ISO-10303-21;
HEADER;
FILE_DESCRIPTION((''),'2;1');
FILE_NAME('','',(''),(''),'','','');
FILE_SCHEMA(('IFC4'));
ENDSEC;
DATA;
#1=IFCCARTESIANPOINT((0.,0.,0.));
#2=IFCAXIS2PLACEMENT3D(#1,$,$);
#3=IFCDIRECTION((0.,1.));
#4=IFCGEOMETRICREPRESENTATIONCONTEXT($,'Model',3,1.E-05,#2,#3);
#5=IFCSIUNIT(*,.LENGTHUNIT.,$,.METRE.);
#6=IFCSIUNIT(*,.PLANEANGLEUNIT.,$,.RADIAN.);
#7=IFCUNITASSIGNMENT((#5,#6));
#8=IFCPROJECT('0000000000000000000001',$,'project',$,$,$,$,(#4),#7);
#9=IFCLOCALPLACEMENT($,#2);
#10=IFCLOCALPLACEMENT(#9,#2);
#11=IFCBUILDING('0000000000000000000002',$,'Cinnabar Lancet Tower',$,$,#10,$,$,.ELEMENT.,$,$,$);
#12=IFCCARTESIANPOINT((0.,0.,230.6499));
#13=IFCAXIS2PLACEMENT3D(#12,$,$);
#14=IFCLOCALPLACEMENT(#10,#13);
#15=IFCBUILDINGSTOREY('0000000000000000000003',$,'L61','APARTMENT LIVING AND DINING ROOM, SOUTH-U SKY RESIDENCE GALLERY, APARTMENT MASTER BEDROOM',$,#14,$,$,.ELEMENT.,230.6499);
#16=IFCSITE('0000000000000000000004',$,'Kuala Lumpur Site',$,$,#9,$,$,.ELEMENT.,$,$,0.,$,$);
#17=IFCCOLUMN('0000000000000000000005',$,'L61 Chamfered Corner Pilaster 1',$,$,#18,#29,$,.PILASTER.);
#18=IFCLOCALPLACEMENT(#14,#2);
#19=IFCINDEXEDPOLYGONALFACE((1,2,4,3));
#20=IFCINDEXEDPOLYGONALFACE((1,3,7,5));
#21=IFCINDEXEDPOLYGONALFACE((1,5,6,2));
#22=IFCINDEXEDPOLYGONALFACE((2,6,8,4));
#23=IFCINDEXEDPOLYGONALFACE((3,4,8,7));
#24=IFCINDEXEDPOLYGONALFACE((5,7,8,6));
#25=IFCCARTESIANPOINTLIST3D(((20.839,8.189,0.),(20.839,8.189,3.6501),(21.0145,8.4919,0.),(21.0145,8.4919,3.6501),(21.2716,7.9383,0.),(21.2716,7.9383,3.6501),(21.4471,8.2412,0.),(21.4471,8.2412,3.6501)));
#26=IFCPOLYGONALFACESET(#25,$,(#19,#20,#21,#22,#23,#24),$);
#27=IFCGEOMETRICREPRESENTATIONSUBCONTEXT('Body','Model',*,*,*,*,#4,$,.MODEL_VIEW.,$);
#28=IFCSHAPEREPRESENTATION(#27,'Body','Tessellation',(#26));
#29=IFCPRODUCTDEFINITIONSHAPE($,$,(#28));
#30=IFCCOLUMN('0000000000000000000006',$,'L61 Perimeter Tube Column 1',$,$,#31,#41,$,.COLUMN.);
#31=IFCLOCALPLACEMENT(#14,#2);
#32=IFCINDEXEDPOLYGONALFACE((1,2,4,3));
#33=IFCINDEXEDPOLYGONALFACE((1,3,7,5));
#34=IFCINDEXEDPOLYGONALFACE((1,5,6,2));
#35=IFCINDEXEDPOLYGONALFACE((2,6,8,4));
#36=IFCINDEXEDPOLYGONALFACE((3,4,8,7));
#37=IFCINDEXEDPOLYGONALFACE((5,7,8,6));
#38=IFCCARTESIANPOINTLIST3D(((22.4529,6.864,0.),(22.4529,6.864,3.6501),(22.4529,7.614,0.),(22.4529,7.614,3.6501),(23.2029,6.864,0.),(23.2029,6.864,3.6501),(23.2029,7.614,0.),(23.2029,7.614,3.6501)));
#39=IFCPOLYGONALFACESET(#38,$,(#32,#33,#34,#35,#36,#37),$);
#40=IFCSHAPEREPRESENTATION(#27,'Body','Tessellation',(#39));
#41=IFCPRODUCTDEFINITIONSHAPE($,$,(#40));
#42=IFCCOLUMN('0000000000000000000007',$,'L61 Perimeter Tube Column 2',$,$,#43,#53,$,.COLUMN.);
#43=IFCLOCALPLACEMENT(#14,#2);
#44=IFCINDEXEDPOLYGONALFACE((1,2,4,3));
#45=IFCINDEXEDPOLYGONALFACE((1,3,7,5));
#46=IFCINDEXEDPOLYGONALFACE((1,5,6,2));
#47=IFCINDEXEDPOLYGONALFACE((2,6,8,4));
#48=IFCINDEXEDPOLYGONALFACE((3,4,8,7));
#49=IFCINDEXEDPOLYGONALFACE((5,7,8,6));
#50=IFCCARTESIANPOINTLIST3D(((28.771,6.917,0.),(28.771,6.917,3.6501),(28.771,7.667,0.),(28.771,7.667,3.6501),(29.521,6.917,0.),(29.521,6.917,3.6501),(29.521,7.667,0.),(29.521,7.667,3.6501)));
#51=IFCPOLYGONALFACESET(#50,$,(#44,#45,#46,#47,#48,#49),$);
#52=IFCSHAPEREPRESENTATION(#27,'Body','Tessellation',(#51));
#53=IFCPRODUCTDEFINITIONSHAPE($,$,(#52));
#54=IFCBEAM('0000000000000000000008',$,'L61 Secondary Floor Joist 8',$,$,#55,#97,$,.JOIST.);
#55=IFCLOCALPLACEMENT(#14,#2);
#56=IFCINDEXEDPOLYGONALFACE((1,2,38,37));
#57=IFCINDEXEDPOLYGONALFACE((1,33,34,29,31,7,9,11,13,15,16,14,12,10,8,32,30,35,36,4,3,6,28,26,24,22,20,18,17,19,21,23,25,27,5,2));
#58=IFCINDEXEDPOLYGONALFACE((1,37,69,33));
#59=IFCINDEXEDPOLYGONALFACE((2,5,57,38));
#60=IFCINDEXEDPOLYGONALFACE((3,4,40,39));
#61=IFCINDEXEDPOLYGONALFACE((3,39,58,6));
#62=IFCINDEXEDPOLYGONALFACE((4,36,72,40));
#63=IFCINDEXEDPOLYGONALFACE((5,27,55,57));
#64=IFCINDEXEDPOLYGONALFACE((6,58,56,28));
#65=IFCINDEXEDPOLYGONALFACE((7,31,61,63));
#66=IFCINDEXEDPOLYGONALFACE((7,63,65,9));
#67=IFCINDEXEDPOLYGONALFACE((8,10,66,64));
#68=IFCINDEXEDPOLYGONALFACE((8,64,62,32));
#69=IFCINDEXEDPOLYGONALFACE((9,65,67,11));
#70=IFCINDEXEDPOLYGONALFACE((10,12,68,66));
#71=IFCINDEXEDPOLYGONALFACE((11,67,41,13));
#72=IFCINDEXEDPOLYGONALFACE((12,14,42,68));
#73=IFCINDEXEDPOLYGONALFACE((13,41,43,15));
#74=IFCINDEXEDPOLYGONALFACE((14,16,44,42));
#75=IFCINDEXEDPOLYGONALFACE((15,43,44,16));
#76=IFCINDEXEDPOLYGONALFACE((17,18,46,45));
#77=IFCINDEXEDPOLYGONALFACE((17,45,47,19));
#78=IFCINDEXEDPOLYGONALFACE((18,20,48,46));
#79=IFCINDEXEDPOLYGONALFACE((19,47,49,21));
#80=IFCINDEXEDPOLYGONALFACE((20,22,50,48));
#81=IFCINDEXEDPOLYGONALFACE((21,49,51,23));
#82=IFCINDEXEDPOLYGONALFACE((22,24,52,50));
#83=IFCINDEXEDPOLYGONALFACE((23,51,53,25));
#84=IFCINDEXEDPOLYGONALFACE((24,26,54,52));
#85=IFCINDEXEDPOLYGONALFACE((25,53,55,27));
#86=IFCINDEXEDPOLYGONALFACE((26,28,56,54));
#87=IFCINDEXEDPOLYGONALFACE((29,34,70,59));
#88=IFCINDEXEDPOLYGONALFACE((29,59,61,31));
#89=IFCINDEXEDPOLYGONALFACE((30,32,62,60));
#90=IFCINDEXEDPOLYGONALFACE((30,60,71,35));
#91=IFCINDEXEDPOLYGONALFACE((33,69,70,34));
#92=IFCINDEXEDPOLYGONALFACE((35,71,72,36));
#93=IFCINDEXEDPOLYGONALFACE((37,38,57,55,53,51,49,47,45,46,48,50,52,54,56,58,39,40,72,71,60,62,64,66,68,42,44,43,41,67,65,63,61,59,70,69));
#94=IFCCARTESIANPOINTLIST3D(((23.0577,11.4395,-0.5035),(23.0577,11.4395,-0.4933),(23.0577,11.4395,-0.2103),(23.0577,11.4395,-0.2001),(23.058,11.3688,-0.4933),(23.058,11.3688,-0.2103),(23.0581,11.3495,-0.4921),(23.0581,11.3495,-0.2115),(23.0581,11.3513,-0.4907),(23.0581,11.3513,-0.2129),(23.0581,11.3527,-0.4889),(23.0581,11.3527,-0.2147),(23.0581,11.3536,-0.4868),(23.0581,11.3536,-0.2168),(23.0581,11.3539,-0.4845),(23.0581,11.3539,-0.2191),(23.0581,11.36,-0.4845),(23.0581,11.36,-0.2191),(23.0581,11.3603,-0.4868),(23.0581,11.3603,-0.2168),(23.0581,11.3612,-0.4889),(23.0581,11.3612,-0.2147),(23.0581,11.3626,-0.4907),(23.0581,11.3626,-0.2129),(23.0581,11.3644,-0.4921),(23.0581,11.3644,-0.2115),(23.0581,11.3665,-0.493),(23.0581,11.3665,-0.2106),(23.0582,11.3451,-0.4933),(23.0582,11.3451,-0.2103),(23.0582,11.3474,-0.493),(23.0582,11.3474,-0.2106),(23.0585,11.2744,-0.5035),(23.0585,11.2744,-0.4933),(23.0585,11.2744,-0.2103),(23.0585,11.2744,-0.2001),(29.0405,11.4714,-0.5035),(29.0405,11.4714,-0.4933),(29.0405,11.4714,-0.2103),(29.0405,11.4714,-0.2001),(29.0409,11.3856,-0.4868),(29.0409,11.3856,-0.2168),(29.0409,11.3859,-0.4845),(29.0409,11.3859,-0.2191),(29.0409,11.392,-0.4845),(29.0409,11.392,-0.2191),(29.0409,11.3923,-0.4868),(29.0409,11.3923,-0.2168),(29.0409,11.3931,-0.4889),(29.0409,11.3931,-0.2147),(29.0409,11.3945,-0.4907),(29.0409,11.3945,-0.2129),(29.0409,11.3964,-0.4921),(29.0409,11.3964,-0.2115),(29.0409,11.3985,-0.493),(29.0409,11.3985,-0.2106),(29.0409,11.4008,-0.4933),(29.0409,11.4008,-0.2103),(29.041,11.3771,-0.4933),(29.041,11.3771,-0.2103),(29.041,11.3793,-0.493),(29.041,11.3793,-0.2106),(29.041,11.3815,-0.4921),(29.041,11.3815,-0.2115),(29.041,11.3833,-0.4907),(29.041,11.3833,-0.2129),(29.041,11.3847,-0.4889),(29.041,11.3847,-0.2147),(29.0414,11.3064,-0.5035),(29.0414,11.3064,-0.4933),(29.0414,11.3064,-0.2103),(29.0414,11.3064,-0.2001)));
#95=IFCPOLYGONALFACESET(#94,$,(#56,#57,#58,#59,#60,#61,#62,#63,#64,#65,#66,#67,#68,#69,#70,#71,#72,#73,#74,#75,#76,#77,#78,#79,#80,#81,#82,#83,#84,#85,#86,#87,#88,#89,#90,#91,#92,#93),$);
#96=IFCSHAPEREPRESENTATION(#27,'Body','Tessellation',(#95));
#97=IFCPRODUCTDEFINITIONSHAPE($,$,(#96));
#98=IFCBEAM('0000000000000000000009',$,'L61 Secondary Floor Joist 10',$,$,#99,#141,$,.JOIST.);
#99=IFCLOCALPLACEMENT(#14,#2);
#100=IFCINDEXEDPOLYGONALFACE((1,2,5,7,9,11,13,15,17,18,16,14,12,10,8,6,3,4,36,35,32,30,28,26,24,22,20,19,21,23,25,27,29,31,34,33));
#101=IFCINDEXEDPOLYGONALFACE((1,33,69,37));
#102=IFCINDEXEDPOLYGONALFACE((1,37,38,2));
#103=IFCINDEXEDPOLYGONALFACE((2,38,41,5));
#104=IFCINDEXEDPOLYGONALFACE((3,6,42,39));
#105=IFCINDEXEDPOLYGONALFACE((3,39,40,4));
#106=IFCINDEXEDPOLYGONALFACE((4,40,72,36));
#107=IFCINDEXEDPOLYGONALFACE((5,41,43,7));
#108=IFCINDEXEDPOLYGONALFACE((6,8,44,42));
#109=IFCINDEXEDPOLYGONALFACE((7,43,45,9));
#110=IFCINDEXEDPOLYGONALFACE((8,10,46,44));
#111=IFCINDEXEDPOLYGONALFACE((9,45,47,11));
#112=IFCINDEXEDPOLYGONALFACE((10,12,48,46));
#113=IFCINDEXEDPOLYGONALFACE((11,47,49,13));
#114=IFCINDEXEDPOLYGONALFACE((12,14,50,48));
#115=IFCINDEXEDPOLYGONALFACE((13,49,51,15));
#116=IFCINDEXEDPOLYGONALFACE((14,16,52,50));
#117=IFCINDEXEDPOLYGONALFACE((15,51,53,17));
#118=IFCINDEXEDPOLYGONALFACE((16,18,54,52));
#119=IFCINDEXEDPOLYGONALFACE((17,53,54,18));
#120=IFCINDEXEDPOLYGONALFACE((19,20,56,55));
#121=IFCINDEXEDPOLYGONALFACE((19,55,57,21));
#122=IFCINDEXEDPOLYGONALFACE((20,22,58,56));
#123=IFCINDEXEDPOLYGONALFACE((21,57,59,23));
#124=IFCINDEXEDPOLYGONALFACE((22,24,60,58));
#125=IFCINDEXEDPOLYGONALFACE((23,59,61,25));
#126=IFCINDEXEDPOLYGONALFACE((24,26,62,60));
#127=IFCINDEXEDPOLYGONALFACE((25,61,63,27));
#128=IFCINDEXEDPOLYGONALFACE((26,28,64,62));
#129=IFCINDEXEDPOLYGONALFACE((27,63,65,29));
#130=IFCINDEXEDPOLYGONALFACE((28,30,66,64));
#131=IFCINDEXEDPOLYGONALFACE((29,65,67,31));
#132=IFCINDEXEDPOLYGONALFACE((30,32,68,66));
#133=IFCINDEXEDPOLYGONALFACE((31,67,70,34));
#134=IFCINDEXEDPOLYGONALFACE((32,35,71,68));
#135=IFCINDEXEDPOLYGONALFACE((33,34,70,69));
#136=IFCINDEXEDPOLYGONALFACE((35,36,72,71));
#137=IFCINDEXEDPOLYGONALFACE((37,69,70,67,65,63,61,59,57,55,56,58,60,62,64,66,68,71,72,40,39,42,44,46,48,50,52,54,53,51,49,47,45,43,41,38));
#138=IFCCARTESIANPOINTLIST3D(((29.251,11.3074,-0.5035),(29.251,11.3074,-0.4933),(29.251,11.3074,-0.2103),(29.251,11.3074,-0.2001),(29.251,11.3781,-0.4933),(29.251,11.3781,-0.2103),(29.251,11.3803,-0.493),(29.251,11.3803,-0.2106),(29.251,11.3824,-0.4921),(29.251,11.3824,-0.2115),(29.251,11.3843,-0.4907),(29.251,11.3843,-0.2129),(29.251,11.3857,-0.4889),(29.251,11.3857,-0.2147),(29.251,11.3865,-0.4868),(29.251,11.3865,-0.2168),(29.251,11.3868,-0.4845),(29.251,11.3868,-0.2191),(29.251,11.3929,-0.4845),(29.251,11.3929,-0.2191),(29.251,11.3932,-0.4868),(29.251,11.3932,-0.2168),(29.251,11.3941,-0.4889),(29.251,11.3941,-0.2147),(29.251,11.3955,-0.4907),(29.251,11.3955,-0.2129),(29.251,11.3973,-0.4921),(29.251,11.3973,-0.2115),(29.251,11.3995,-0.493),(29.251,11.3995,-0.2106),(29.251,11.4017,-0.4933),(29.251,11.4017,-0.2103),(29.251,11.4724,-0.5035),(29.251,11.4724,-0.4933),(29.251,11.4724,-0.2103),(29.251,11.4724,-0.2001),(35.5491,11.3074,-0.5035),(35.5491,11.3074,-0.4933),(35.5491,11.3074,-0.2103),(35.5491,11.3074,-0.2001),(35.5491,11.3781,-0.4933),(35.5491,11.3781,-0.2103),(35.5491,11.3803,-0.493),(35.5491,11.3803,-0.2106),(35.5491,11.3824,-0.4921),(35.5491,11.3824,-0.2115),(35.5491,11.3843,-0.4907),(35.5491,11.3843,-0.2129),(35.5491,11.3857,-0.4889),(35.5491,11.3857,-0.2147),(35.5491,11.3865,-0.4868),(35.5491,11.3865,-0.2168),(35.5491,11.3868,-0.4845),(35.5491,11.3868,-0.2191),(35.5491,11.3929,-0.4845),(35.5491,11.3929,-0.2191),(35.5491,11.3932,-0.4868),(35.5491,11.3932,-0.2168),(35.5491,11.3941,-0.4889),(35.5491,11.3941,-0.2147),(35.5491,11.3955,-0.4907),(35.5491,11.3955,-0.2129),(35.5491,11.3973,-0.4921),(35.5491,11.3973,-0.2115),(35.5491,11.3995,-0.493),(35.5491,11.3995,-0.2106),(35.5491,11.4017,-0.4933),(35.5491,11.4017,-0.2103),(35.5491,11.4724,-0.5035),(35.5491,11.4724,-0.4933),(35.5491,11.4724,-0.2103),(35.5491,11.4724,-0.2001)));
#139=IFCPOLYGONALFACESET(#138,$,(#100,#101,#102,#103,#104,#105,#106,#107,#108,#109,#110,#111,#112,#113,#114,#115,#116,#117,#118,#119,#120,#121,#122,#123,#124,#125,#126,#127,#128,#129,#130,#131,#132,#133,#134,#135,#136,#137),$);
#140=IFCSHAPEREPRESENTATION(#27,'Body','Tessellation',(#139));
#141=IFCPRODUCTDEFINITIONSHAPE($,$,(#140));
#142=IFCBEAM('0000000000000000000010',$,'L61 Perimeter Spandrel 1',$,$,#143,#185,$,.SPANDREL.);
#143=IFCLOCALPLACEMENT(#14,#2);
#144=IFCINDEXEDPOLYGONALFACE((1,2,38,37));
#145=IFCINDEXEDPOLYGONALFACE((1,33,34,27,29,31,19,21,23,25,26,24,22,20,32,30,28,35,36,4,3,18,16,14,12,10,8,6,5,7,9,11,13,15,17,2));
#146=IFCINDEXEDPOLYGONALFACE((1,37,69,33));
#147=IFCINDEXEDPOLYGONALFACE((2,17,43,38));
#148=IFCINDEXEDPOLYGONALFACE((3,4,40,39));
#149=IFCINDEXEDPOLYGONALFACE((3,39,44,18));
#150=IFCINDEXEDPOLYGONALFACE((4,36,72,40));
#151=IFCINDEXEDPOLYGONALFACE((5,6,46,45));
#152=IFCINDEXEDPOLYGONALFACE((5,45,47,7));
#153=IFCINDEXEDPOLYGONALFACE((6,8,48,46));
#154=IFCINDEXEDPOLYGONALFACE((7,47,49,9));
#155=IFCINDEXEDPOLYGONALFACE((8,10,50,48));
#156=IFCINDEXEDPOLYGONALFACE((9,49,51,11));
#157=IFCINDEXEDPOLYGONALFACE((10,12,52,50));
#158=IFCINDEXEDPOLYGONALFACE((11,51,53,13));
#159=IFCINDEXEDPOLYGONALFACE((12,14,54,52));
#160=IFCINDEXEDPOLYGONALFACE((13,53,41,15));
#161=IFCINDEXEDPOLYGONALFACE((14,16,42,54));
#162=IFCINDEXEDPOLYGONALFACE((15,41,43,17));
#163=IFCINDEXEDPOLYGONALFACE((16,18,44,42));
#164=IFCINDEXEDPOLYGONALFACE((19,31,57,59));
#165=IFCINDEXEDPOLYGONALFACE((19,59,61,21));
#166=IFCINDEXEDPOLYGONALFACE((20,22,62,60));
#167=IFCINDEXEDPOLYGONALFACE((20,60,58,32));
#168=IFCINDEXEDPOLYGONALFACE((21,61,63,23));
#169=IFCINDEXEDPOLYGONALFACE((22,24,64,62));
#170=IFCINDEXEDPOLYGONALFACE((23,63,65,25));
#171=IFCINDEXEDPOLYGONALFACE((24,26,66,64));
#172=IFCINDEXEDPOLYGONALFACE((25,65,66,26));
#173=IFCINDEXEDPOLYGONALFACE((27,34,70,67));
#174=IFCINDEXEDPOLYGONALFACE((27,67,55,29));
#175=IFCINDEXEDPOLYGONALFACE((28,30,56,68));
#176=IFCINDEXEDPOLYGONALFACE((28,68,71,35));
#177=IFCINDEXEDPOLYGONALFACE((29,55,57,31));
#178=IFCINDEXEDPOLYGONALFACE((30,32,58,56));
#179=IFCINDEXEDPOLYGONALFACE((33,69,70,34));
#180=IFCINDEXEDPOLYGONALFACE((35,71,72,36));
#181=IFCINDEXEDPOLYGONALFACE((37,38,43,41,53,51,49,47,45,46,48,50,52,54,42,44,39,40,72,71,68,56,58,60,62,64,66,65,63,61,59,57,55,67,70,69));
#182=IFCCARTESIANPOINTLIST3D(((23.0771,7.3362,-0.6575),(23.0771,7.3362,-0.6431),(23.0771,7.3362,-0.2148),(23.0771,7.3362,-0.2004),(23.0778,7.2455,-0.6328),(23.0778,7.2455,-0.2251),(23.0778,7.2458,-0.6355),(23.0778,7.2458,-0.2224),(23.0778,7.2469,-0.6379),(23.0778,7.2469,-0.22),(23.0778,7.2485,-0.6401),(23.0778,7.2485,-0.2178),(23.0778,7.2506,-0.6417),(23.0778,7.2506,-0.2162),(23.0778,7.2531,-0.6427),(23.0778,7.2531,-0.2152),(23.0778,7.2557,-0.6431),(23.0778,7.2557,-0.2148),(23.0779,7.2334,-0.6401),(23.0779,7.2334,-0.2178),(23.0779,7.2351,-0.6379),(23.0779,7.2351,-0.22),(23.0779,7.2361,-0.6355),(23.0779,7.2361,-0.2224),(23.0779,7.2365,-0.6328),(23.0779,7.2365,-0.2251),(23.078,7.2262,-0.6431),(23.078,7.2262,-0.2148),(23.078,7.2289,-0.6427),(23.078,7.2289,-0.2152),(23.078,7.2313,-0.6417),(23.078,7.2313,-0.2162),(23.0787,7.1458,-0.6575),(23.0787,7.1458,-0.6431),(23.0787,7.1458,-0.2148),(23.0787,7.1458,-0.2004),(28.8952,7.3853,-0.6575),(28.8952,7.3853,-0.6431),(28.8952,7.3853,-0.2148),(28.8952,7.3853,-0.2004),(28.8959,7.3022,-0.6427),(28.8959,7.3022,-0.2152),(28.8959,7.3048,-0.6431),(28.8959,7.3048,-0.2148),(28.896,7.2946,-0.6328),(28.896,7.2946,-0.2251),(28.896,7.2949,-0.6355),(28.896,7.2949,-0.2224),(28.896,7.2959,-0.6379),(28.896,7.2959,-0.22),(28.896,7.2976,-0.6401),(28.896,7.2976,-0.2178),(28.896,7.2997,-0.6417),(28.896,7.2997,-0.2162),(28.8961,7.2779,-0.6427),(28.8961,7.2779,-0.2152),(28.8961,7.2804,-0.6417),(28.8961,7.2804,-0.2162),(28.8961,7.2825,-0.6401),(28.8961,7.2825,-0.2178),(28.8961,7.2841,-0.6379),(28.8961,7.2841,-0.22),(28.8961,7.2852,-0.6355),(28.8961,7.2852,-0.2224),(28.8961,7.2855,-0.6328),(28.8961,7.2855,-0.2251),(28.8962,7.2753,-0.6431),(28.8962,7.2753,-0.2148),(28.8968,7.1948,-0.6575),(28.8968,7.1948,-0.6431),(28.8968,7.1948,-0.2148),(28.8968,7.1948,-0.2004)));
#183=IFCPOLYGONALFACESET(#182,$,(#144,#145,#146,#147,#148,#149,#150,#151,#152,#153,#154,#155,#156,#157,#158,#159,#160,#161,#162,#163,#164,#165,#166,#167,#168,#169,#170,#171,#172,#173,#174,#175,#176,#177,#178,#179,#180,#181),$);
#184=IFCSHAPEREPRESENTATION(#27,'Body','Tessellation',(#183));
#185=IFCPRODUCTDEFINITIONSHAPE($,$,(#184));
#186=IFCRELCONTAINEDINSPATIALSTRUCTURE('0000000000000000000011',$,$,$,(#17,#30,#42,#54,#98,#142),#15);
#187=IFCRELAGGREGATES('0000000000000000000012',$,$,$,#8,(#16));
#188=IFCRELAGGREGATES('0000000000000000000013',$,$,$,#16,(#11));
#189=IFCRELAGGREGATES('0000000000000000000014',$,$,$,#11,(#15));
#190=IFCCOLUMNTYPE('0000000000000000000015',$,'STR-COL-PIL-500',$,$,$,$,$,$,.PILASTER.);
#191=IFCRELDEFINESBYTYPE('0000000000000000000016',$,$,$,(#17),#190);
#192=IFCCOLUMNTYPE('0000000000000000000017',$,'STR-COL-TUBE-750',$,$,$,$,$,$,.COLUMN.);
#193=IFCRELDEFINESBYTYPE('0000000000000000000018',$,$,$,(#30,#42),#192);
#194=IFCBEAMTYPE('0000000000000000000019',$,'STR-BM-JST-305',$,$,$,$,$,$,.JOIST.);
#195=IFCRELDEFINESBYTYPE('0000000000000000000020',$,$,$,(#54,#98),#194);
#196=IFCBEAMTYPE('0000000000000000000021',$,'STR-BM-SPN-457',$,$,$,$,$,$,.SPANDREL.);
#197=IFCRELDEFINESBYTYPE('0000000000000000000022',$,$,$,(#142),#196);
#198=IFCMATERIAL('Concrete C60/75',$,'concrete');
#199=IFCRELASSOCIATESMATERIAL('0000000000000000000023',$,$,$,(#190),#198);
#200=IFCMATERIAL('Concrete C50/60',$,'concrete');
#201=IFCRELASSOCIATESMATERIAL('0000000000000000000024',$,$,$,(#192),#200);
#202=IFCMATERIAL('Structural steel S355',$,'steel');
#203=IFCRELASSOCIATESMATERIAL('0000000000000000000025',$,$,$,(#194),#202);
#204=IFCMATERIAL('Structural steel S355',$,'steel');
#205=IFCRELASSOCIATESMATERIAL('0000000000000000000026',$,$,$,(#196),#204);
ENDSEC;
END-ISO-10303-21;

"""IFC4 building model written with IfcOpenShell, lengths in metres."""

from ifc_helpers import new_model, si_unit, direction, frame, origin, origin_2d, place, context, subcontext, project, spatial, rectangle, i_section, extrude, material, material_profile, profile_set, type_object, element, save


model = new_model("IFC4")

# Units and contexts
model_context = context("Model", 3, precision=1e-05, world=origin(), true_north=direction((0.0, 1.0)))
body_context = subcontext(model_context, "Body", "Model", "MODEL_VIEW")
ifc_project = project(units=[si_unit("LENGTHUNIT", "METRE"), si_unit("PLANEANGLEUNIT", "RADIAN")], contexts=[model_context])

# Site, building, storey
site_placement = place(None, origin())
site = spatial("IfcSite", under=ifc_project, at=site_placement, Name="Kuala Lumpur Site", CompositionType="ELEMENT", RefElevation=0.0)
building_placement = place(site_placement, origin())
building = spatial("IfcBuilding", under=site, at=building_placement, Name="Cinnabar Lancet Tower", CompositionType="ELEMENT")
storey_placement = place(building_placement, frame((0.0, 0.0, 230.6499)))
storey = spatial("IfcBuildingStorey", under=building, at=storey_placement, Name="L61", Description="APARTMENT LIVING AND DINING ROOM, SOUTH-U SKY RESIDENCE GALLERY, APARTMENT MASTER BEDROOM", CompositionType="ELEMENT", Elevation=230.6499)

# Columns
ifc_material_1 = material(Name="Concrete C60/75", Category="concrete")
ifc_material_profile_1 = material_profile(ifc_material_1, rectangle(XDim=0.5, YDim=0.3501, at=origin_2d()), Name="RC-PIL 500x350")
ifc_profile_set_1 = profile_set([ifc_material_profile_1], Name="Concrete C60/75")
column_type_1 = type_object("IfcColumnType", Name="STR-COL-PIL-500", PredefinedType="PILASTER", material=ifc_profile_set_1)
column_placement = place(storey_placement, frame((21.1431, 8.2151, 0.0), z_axis=(0.0, 0.0, 1.0), x_axis=(0.865256, -0.50133, 0.0)))
element("IfcColumn", 1, at=column_placement, inside=storey, type_object=column_type_1, Name="L61 Chamfered Corner Pilaster 1", PredefinedType="PILASTER", context=body_context, shape_type="SweptSolid", body=[
    extrude(rectangle(XDim=0.5, YDim=0.3501, at=origin_2d()), origin(), (0.0, 0.0, 1.0), 3.6501),
])
ifc_material_2 = material(Name="Concrete C50/60", Category="concrete")
ifc_material_profile_2 = material_profile(ifc_material_2, rectangle(XDim=0.75, YDim=0.75, at=origin_2d()), Name="RC-COL 750x750")
ifc_profile_set_2 = profile_set([ifc_material_profile_2], Name="Concrete C50/60")
column_type_2 = type_object("IfcColumnType", Name="STR-COL-TUBE-750", PredefinedType="COLUMN", material=ifc_profile_set_2)
for number, where, z_axis, x_axis, name in (
    (2, (22.8279, 7.239, 0.0), (0.0, 0.0, 1.0), (1.0, 0.0, 0.0), "L61 Perimeter Tube Column 1"),
    (3, (29.146, 7.292, 0.0), (0.0, 0.0, 1.0), (1.0, 0.0, 0.0), "L61 Perimeter Tube Column 2"),
):
    element("IfcColumn", number, at=place(storey_placement, frame(where, z_axis=z_axis, x_axis=x_axis)), inside=storey, type_object=column_type_2, Name=name, PredefinedType="COLUMN", context=body_context, shape_type="SweptSolid", body=[
        extrude(rectangle(XDim=0.75, YDim=0.75, at=origin_2d()), origin(), (0.0, 0.0, 1.0), 3.6501),
    ])

# Beams
ifc_material_3 = material(Name="Structural steel S355", Category="steel")
ifc_material_profile_3 = material_profile(ifc_material_3, i_section(OverallWidth=0.165, OverallDepth=0.3035, WebThickness=0.0061, FlangeThickness=0.0103, FilletRadius=0.0088, at=origin_2d()), Name="UKB 305x165x40")
ifc_profile_set_3 = profile_set([ifc_material_profile_3], Name="Structural steel S355")
beam_type_1 = type_object("IfcBeamType", Name="STR-BM-JST-305", PredefinedType="JOIST", material=ifc_profile_set_3)
beam_1_placement = place(storey_placement, frame((23.0581, 11.3569, -0.3518), z_axis=(0.999986, 0.005346, 0.0), x_axis=(-0.005346, 0.999986, 0.0)))
element("IfcBeam", 4, at=beam_1_placement, inside=storey, type_object=beam_type_1, Name="L61 Secondary Floor Joist 8", PredefinedType="JOIST", context=body_context, shape_type="SweptSolid", body=[
    extrude(i_section(OverallWidth=0.165, OverallDepth=0.3035, WebThickness=0.0061, FlangeThickness=0.0103, FilletRadius=0.0088, at=origin_2d()), origin(), (0.0, 0.0, 1.0), 5.9829),
])
beam_2_placement = place(storey_placement, frame((29.251, 11.3899, -0.3518), z_axis=(1.0, 0.0, 0.0), x_axis=(0.0, 1.0, 0.0)))
element("IfcBeam", 5, at=beam_2_placement, inside=storey, type_object=beam_type_1, Name="L61 Secondary Floor Joist 10", PredefinedType="JOIST", context=body_context, shape_type="SweptSolid", body=[
    extrude(i_section(OverallWidth=0.165, OverallDepth=0.3035, WebThickness=0.0061, FlangeThickness=0.0103, FilletRadius=0.0088, at=origin_2d()), origin(), (0.0, 0.0, 1.0), 6.2981),
])
ifc_material_4 = material(Name="Structural steel S355", Category="steel")
ifc_material_profile_4 = material_profile(ifc_material_4, i_section(OverallWidth=0.1904, OverallDepth=0.457, WebThickness=0.009, FlangeThickness=0.0144, FilletRadius=0.0103, at=origin_2d()), Name="UKB 457x191x74")
ifc_profile_set_4 = profile_set([ifc_material_profile_4], Name="Structural steel S355")
beam_type_2 = type_object("IfcBeamType", Name="STR-BM-SPN-457", PredefinedType="SPANDREL", material=ifc_profile_set_4)
beam_3_placement = place(storey_placement, frame((23.0779, 7.241, -0.429), z_axis=(0.999964, 0.008434, 0.0), x_axis=(-0.008434, 0.999964, 0.0)))
element("IfcBeam", 6, at=beam_3_placement, inside=storey, type_object=beam_type_2, Name="L61 Perimeter Spandrel 1", PredefinedType="SPANDREL", context=body_context, shape_type="SweptSolid", body=[
    extrude(i_section(OverallWidth=0.1904, OverallDepth=0.457, WebThickness=0.009, FlangeThickness=0.0144, FilletRadius=0.0103, at=origin_2d()), origin(), (0.0, 0.0, 1.0), 5.8184),
])

save(model, "model.ifc")
